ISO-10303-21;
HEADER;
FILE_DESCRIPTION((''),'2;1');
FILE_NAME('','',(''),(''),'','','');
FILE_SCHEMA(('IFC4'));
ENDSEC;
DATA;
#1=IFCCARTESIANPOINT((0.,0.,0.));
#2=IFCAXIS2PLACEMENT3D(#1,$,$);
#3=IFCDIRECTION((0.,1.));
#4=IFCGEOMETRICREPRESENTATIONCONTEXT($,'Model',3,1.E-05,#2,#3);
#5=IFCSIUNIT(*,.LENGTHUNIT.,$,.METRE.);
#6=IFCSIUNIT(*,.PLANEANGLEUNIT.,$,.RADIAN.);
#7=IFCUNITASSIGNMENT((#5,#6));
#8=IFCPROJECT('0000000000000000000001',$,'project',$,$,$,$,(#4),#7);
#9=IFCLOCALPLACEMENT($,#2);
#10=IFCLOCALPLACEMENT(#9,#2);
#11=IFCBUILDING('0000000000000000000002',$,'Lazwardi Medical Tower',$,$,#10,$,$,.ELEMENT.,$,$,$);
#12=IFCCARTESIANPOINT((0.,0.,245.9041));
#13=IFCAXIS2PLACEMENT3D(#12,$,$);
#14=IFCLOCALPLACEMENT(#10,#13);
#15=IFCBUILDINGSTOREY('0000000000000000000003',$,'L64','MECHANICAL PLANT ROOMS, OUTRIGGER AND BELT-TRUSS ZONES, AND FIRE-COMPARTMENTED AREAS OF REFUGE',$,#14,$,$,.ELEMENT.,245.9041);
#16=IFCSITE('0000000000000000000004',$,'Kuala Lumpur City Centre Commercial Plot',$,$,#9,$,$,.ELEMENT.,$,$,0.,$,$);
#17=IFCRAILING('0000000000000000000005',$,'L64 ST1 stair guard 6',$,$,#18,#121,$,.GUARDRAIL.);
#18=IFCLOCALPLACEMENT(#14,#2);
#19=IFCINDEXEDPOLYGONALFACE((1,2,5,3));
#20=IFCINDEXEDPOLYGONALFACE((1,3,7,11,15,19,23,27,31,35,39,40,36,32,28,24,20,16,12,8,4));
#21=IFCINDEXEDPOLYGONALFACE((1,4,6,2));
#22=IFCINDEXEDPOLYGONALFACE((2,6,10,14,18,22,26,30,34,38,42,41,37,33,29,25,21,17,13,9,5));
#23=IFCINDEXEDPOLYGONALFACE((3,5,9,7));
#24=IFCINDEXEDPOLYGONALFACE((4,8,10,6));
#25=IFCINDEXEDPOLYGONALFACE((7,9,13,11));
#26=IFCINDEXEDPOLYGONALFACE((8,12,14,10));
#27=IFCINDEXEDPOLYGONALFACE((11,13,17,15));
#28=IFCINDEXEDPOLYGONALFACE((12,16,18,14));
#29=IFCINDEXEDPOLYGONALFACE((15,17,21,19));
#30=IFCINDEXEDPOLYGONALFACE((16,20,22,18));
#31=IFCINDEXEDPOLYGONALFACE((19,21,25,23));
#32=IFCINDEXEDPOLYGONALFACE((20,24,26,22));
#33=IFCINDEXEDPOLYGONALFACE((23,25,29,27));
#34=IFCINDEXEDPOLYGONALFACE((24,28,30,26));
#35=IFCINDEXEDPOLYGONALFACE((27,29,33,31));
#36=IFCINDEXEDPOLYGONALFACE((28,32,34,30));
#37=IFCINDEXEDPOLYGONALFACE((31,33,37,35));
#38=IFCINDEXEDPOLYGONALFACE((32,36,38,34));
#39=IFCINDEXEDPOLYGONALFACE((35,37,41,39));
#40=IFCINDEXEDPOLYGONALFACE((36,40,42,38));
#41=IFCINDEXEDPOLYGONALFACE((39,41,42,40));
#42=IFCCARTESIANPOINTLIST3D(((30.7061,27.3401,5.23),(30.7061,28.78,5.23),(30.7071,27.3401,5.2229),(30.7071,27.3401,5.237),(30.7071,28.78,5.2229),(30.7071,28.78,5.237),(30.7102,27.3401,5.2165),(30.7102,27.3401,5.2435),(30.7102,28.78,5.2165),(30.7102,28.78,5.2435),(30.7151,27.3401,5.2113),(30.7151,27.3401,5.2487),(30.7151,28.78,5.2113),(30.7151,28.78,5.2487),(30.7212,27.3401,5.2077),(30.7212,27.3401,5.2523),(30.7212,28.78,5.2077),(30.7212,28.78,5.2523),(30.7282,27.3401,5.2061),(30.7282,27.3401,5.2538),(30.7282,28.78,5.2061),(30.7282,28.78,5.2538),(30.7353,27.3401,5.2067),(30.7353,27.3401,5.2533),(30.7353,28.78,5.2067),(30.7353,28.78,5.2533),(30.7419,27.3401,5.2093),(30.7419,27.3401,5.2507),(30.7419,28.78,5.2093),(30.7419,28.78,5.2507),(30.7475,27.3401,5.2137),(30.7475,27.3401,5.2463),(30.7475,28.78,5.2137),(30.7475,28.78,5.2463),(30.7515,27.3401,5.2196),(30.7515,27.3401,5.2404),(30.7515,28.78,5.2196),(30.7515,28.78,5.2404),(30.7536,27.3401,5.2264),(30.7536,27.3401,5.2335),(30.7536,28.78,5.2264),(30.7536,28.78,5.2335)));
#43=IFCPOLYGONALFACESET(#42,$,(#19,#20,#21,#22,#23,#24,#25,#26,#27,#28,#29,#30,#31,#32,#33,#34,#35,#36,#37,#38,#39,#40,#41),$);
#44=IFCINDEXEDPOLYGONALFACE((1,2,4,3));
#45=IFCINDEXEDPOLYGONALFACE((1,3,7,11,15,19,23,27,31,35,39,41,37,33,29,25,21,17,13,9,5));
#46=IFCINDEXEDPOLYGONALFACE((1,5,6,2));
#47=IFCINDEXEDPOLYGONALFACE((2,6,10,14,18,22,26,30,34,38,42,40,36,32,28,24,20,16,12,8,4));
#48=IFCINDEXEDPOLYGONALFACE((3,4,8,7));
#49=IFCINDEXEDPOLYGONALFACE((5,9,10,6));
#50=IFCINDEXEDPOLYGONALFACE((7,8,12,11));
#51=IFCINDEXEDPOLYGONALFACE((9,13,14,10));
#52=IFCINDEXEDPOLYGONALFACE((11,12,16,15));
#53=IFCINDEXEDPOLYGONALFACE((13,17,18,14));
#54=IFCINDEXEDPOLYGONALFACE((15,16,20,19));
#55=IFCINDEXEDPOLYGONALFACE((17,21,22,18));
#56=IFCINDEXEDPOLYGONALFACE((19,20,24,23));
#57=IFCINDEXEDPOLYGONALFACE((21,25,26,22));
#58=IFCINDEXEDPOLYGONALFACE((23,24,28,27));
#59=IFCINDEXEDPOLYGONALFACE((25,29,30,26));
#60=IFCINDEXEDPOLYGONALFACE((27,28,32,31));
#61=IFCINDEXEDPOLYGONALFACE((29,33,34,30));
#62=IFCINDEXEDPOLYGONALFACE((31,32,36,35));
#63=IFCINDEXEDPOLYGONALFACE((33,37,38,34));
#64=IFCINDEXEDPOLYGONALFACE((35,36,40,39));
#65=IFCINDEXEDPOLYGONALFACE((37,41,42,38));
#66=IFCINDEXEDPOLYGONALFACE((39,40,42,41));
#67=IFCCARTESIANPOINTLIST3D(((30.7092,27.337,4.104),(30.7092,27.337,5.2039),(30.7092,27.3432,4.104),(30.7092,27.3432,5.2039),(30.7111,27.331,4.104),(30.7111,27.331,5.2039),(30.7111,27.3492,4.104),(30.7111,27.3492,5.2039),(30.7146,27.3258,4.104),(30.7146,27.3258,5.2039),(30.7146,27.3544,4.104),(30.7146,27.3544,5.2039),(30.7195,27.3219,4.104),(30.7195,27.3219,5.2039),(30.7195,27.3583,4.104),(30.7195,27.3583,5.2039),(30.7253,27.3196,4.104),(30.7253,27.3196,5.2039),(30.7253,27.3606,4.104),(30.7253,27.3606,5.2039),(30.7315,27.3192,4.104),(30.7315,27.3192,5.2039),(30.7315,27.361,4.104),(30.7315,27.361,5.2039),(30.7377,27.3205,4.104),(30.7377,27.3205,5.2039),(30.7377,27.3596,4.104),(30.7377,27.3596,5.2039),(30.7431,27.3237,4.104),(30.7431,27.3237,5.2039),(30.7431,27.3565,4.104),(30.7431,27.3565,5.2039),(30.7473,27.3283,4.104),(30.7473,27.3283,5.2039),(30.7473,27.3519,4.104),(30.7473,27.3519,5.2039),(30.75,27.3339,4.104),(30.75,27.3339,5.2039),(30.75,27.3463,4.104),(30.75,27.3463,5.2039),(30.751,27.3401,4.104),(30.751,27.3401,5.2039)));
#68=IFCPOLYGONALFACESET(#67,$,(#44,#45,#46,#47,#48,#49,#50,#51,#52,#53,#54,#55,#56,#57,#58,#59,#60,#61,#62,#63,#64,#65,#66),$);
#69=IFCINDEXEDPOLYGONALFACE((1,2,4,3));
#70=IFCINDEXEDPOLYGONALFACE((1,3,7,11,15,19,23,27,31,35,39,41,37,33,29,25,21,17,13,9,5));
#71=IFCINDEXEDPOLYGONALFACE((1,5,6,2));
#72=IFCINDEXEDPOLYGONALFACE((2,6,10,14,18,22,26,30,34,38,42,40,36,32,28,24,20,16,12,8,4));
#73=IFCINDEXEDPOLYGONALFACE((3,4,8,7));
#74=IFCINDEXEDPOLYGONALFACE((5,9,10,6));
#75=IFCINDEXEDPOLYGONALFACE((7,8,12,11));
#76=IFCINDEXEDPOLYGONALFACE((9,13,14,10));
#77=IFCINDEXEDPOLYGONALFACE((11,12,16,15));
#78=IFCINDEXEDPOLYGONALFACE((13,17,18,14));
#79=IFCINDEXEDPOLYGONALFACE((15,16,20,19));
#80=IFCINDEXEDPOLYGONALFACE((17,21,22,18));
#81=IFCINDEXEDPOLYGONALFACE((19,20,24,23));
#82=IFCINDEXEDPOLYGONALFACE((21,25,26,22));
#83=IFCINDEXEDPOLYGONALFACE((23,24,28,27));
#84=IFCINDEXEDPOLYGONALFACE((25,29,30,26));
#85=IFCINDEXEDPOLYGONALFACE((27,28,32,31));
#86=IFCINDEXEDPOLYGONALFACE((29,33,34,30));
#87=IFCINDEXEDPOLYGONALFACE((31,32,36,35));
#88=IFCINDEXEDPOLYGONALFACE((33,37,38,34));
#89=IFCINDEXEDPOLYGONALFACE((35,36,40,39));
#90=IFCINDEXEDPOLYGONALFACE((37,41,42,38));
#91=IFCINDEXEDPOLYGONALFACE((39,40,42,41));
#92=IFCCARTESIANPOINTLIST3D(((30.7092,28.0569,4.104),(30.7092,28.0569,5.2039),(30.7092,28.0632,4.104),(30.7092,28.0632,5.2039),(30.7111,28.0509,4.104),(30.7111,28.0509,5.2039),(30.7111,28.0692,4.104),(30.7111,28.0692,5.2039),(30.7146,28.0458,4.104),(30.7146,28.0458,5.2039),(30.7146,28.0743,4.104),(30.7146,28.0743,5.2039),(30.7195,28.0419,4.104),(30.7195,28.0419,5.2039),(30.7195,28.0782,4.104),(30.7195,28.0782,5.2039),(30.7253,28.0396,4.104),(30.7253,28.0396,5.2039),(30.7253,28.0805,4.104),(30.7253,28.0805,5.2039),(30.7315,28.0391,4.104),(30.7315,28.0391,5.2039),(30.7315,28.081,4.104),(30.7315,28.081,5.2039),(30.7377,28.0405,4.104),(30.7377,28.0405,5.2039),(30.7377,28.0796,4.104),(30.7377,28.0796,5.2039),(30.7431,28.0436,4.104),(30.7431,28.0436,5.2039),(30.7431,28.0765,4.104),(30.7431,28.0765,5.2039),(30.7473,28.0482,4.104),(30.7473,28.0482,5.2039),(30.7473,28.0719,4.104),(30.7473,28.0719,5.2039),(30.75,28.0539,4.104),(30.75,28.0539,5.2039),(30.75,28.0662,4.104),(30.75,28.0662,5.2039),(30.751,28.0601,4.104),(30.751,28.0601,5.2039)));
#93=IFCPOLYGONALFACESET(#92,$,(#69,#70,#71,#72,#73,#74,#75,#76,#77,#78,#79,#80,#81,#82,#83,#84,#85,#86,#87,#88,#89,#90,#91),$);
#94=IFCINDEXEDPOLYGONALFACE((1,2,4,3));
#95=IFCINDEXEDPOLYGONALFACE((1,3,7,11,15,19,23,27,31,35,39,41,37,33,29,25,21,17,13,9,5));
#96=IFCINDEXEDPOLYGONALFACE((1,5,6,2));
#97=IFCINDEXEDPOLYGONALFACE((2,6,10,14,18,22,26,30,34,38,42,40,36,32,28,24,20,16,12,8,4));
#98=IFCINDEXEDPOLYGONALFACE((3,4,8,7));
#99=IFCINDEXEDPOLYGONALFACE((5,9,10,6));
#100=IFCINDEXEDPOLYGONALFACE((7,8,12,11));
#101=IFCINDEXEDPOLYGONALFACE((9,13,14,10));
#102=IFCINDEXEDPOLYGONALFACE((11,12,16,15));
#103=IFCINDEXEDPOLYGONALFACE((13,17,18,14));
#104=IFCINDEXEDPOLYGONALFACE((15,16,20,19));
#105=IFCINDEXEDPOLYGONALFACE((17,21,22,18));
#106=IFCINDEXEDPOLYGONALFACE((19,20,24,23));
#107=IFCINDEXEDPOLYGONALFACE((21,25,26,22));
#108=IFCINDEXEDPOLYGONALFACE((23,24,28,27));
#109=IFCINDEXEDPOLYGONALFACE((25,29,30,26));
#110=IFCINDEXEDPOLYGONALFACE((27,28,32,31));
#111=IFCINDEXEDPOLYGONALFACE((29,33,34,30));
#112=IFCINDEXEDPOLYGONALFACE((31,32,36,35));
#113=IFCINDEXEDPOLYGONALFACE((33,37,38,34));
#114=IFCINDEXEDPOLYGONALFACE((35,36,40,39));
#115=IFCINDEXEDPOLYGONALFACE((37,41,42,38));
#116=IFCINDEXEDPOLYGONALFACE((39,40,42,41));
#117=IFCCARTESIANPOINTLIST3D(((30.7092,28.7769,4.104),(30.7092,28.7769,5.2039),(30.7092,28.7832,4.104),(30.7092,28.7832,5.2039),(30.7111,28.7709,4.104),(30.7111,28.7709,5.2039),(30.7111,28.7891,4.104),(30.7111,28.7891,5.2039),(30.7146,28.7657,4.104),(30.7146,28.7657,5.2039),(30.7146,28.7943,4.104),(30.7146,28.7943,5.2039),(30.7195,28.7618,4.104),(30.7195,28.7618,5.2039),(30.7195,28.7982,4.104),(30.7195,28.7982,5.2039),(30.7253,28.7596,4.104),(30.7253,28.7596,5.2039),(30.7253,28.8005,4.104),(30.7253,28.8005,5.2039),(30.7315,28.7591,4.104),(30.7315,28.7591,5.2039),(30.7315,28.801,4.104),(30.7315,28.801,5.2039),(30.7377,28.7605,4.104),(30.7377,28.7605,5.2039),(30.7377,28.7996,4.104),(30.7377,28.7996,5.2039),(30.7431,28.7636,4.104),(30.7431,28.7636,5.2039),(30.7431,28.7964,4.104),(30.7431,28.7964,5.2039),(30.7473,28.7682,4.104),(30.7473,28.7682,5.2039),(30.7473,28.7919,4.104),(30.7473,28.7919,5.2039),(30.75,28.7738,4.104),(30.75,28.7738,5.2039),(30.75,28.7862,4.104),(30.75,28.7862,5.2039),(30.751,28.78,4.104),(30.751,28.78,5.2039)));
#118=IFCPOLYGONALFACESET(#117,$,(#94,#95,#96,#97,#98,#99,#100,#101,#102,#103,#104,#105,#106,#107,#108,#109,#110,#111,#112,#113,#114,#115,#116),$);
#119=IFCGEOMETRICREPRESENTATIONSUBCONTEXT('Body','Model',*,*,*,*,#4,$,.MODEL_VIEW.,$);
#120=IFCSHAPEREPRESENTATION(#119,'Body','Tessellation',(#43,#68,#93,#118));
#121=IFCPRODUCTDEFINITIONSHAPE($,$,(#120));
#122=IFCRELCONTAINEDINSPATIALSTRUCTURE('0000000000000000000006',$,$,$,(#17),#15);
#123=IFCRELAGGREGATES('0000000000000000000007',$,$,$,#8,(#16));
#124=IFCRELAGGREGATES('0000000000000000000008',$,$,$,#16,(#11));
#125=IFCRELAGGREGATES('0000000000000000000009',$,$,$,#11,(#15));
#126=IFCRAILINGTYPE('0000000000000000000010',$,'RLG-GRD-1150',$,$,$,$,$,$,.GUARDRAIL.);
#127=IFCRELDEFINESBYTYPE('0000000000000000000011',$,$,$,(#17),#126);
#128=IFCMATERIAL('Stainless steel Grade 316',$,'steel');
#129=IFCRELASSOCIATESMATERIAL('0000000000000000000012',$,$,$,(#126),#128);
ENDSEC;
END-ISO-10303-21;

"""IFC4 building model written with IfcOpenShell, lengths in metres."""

from ifc_helpers import new_model, si_unit, direction, frame, origin, origin_2d, place, context, subcontext, project, spatial, circle, extrude, material, type_object, element, save


model = new_model("IFC4")

# Units and contexts
model_context = context("Model", 3, precision=1e-05, world=origin(), true_north=direction((0.0, 1.0)))
body_context = subcontext(model_context, "Body", "Model", "MODEL_VIEW")
ifc_project = project(units=[si_unit("LENGTHUNIT", "METRE"), si_unit("PLANEANGLEUNIT", "RADIAN")], contexts=[model_context])

# Site, building, storey
site_placement = place(None, origin())
site = spatial("IfcSite", under=ifc_project, at=site_placement, Name="Kuala Lumpur City Centre Commercial Plot", CompositionType="ELEMENT", RefElevation=0.0)
building_placement = place(site_placement, origin())
building = spatial("IfcBuilding", under=site, at=building_placement, Name="Lazwardi Medical Tower", CompositionType="ELEMENT")
storey_placement = place(building_placement, frame((0.0, 0.0, 245.9041)))
storey = spatial("IfcBuildingStorey", under=building, at=storey_placement, Name="L64", Description="MECHANICAL PLANT ROOMS, OUTRIGGER AND BELT-TRUSS ZONES, AND FIRE-COMPARTMENTED AREAS OF REFUGE", CompositionType="ELEMENT", Elevation=245.9041)

# Railing
ifc_material_1 = material(Name="Stainless steel Grade 316", Category="steel")
railing_type_1 = type_object("IfcRailingType", Name="RLG-GRD-1150", PredefinedType="GUARDRAIL", material=ifc_material_1)
railing_1_placement = place(storey_placement, frame((30.73, 27.3401, 4.104)))
element("IfcRailing", 1, at=railing_1_placement, inside=storey, type_object=railing_type_1, Name="L64 ST1 stair guard 6", PredefinedType="GUARDRAIL", context=body_context, shape_type="SweptSolid", body=[
    extrude(circle(Radius=0.0239, at=origin_2d()), frame((0.0, 0.0, 1.126), z_axis=(0.0, 1.0, 0.0), x_axis=(-1.0, 0.0, 0.0)), (0.0, 0.0, 1.0), 1.4399),
    extrude(circle(Radius=0.021, at=origin_2d()), origin(), (0.0, 0.0, 1.0), 1.0999),
    extrude(circle(Radius=0.021, at=origin_2d()), frame((0.0, 0.72, 0.0)), (0.0, 0.0, 1.0), 1.0999),
    extrude(circle(Radius=0.021, at=origin_2d()), frame((0.0, 1.4399, 0.0)), (0.0, 0.0, 1.0), 1.0999),
])

save(model, "model.ifc")
